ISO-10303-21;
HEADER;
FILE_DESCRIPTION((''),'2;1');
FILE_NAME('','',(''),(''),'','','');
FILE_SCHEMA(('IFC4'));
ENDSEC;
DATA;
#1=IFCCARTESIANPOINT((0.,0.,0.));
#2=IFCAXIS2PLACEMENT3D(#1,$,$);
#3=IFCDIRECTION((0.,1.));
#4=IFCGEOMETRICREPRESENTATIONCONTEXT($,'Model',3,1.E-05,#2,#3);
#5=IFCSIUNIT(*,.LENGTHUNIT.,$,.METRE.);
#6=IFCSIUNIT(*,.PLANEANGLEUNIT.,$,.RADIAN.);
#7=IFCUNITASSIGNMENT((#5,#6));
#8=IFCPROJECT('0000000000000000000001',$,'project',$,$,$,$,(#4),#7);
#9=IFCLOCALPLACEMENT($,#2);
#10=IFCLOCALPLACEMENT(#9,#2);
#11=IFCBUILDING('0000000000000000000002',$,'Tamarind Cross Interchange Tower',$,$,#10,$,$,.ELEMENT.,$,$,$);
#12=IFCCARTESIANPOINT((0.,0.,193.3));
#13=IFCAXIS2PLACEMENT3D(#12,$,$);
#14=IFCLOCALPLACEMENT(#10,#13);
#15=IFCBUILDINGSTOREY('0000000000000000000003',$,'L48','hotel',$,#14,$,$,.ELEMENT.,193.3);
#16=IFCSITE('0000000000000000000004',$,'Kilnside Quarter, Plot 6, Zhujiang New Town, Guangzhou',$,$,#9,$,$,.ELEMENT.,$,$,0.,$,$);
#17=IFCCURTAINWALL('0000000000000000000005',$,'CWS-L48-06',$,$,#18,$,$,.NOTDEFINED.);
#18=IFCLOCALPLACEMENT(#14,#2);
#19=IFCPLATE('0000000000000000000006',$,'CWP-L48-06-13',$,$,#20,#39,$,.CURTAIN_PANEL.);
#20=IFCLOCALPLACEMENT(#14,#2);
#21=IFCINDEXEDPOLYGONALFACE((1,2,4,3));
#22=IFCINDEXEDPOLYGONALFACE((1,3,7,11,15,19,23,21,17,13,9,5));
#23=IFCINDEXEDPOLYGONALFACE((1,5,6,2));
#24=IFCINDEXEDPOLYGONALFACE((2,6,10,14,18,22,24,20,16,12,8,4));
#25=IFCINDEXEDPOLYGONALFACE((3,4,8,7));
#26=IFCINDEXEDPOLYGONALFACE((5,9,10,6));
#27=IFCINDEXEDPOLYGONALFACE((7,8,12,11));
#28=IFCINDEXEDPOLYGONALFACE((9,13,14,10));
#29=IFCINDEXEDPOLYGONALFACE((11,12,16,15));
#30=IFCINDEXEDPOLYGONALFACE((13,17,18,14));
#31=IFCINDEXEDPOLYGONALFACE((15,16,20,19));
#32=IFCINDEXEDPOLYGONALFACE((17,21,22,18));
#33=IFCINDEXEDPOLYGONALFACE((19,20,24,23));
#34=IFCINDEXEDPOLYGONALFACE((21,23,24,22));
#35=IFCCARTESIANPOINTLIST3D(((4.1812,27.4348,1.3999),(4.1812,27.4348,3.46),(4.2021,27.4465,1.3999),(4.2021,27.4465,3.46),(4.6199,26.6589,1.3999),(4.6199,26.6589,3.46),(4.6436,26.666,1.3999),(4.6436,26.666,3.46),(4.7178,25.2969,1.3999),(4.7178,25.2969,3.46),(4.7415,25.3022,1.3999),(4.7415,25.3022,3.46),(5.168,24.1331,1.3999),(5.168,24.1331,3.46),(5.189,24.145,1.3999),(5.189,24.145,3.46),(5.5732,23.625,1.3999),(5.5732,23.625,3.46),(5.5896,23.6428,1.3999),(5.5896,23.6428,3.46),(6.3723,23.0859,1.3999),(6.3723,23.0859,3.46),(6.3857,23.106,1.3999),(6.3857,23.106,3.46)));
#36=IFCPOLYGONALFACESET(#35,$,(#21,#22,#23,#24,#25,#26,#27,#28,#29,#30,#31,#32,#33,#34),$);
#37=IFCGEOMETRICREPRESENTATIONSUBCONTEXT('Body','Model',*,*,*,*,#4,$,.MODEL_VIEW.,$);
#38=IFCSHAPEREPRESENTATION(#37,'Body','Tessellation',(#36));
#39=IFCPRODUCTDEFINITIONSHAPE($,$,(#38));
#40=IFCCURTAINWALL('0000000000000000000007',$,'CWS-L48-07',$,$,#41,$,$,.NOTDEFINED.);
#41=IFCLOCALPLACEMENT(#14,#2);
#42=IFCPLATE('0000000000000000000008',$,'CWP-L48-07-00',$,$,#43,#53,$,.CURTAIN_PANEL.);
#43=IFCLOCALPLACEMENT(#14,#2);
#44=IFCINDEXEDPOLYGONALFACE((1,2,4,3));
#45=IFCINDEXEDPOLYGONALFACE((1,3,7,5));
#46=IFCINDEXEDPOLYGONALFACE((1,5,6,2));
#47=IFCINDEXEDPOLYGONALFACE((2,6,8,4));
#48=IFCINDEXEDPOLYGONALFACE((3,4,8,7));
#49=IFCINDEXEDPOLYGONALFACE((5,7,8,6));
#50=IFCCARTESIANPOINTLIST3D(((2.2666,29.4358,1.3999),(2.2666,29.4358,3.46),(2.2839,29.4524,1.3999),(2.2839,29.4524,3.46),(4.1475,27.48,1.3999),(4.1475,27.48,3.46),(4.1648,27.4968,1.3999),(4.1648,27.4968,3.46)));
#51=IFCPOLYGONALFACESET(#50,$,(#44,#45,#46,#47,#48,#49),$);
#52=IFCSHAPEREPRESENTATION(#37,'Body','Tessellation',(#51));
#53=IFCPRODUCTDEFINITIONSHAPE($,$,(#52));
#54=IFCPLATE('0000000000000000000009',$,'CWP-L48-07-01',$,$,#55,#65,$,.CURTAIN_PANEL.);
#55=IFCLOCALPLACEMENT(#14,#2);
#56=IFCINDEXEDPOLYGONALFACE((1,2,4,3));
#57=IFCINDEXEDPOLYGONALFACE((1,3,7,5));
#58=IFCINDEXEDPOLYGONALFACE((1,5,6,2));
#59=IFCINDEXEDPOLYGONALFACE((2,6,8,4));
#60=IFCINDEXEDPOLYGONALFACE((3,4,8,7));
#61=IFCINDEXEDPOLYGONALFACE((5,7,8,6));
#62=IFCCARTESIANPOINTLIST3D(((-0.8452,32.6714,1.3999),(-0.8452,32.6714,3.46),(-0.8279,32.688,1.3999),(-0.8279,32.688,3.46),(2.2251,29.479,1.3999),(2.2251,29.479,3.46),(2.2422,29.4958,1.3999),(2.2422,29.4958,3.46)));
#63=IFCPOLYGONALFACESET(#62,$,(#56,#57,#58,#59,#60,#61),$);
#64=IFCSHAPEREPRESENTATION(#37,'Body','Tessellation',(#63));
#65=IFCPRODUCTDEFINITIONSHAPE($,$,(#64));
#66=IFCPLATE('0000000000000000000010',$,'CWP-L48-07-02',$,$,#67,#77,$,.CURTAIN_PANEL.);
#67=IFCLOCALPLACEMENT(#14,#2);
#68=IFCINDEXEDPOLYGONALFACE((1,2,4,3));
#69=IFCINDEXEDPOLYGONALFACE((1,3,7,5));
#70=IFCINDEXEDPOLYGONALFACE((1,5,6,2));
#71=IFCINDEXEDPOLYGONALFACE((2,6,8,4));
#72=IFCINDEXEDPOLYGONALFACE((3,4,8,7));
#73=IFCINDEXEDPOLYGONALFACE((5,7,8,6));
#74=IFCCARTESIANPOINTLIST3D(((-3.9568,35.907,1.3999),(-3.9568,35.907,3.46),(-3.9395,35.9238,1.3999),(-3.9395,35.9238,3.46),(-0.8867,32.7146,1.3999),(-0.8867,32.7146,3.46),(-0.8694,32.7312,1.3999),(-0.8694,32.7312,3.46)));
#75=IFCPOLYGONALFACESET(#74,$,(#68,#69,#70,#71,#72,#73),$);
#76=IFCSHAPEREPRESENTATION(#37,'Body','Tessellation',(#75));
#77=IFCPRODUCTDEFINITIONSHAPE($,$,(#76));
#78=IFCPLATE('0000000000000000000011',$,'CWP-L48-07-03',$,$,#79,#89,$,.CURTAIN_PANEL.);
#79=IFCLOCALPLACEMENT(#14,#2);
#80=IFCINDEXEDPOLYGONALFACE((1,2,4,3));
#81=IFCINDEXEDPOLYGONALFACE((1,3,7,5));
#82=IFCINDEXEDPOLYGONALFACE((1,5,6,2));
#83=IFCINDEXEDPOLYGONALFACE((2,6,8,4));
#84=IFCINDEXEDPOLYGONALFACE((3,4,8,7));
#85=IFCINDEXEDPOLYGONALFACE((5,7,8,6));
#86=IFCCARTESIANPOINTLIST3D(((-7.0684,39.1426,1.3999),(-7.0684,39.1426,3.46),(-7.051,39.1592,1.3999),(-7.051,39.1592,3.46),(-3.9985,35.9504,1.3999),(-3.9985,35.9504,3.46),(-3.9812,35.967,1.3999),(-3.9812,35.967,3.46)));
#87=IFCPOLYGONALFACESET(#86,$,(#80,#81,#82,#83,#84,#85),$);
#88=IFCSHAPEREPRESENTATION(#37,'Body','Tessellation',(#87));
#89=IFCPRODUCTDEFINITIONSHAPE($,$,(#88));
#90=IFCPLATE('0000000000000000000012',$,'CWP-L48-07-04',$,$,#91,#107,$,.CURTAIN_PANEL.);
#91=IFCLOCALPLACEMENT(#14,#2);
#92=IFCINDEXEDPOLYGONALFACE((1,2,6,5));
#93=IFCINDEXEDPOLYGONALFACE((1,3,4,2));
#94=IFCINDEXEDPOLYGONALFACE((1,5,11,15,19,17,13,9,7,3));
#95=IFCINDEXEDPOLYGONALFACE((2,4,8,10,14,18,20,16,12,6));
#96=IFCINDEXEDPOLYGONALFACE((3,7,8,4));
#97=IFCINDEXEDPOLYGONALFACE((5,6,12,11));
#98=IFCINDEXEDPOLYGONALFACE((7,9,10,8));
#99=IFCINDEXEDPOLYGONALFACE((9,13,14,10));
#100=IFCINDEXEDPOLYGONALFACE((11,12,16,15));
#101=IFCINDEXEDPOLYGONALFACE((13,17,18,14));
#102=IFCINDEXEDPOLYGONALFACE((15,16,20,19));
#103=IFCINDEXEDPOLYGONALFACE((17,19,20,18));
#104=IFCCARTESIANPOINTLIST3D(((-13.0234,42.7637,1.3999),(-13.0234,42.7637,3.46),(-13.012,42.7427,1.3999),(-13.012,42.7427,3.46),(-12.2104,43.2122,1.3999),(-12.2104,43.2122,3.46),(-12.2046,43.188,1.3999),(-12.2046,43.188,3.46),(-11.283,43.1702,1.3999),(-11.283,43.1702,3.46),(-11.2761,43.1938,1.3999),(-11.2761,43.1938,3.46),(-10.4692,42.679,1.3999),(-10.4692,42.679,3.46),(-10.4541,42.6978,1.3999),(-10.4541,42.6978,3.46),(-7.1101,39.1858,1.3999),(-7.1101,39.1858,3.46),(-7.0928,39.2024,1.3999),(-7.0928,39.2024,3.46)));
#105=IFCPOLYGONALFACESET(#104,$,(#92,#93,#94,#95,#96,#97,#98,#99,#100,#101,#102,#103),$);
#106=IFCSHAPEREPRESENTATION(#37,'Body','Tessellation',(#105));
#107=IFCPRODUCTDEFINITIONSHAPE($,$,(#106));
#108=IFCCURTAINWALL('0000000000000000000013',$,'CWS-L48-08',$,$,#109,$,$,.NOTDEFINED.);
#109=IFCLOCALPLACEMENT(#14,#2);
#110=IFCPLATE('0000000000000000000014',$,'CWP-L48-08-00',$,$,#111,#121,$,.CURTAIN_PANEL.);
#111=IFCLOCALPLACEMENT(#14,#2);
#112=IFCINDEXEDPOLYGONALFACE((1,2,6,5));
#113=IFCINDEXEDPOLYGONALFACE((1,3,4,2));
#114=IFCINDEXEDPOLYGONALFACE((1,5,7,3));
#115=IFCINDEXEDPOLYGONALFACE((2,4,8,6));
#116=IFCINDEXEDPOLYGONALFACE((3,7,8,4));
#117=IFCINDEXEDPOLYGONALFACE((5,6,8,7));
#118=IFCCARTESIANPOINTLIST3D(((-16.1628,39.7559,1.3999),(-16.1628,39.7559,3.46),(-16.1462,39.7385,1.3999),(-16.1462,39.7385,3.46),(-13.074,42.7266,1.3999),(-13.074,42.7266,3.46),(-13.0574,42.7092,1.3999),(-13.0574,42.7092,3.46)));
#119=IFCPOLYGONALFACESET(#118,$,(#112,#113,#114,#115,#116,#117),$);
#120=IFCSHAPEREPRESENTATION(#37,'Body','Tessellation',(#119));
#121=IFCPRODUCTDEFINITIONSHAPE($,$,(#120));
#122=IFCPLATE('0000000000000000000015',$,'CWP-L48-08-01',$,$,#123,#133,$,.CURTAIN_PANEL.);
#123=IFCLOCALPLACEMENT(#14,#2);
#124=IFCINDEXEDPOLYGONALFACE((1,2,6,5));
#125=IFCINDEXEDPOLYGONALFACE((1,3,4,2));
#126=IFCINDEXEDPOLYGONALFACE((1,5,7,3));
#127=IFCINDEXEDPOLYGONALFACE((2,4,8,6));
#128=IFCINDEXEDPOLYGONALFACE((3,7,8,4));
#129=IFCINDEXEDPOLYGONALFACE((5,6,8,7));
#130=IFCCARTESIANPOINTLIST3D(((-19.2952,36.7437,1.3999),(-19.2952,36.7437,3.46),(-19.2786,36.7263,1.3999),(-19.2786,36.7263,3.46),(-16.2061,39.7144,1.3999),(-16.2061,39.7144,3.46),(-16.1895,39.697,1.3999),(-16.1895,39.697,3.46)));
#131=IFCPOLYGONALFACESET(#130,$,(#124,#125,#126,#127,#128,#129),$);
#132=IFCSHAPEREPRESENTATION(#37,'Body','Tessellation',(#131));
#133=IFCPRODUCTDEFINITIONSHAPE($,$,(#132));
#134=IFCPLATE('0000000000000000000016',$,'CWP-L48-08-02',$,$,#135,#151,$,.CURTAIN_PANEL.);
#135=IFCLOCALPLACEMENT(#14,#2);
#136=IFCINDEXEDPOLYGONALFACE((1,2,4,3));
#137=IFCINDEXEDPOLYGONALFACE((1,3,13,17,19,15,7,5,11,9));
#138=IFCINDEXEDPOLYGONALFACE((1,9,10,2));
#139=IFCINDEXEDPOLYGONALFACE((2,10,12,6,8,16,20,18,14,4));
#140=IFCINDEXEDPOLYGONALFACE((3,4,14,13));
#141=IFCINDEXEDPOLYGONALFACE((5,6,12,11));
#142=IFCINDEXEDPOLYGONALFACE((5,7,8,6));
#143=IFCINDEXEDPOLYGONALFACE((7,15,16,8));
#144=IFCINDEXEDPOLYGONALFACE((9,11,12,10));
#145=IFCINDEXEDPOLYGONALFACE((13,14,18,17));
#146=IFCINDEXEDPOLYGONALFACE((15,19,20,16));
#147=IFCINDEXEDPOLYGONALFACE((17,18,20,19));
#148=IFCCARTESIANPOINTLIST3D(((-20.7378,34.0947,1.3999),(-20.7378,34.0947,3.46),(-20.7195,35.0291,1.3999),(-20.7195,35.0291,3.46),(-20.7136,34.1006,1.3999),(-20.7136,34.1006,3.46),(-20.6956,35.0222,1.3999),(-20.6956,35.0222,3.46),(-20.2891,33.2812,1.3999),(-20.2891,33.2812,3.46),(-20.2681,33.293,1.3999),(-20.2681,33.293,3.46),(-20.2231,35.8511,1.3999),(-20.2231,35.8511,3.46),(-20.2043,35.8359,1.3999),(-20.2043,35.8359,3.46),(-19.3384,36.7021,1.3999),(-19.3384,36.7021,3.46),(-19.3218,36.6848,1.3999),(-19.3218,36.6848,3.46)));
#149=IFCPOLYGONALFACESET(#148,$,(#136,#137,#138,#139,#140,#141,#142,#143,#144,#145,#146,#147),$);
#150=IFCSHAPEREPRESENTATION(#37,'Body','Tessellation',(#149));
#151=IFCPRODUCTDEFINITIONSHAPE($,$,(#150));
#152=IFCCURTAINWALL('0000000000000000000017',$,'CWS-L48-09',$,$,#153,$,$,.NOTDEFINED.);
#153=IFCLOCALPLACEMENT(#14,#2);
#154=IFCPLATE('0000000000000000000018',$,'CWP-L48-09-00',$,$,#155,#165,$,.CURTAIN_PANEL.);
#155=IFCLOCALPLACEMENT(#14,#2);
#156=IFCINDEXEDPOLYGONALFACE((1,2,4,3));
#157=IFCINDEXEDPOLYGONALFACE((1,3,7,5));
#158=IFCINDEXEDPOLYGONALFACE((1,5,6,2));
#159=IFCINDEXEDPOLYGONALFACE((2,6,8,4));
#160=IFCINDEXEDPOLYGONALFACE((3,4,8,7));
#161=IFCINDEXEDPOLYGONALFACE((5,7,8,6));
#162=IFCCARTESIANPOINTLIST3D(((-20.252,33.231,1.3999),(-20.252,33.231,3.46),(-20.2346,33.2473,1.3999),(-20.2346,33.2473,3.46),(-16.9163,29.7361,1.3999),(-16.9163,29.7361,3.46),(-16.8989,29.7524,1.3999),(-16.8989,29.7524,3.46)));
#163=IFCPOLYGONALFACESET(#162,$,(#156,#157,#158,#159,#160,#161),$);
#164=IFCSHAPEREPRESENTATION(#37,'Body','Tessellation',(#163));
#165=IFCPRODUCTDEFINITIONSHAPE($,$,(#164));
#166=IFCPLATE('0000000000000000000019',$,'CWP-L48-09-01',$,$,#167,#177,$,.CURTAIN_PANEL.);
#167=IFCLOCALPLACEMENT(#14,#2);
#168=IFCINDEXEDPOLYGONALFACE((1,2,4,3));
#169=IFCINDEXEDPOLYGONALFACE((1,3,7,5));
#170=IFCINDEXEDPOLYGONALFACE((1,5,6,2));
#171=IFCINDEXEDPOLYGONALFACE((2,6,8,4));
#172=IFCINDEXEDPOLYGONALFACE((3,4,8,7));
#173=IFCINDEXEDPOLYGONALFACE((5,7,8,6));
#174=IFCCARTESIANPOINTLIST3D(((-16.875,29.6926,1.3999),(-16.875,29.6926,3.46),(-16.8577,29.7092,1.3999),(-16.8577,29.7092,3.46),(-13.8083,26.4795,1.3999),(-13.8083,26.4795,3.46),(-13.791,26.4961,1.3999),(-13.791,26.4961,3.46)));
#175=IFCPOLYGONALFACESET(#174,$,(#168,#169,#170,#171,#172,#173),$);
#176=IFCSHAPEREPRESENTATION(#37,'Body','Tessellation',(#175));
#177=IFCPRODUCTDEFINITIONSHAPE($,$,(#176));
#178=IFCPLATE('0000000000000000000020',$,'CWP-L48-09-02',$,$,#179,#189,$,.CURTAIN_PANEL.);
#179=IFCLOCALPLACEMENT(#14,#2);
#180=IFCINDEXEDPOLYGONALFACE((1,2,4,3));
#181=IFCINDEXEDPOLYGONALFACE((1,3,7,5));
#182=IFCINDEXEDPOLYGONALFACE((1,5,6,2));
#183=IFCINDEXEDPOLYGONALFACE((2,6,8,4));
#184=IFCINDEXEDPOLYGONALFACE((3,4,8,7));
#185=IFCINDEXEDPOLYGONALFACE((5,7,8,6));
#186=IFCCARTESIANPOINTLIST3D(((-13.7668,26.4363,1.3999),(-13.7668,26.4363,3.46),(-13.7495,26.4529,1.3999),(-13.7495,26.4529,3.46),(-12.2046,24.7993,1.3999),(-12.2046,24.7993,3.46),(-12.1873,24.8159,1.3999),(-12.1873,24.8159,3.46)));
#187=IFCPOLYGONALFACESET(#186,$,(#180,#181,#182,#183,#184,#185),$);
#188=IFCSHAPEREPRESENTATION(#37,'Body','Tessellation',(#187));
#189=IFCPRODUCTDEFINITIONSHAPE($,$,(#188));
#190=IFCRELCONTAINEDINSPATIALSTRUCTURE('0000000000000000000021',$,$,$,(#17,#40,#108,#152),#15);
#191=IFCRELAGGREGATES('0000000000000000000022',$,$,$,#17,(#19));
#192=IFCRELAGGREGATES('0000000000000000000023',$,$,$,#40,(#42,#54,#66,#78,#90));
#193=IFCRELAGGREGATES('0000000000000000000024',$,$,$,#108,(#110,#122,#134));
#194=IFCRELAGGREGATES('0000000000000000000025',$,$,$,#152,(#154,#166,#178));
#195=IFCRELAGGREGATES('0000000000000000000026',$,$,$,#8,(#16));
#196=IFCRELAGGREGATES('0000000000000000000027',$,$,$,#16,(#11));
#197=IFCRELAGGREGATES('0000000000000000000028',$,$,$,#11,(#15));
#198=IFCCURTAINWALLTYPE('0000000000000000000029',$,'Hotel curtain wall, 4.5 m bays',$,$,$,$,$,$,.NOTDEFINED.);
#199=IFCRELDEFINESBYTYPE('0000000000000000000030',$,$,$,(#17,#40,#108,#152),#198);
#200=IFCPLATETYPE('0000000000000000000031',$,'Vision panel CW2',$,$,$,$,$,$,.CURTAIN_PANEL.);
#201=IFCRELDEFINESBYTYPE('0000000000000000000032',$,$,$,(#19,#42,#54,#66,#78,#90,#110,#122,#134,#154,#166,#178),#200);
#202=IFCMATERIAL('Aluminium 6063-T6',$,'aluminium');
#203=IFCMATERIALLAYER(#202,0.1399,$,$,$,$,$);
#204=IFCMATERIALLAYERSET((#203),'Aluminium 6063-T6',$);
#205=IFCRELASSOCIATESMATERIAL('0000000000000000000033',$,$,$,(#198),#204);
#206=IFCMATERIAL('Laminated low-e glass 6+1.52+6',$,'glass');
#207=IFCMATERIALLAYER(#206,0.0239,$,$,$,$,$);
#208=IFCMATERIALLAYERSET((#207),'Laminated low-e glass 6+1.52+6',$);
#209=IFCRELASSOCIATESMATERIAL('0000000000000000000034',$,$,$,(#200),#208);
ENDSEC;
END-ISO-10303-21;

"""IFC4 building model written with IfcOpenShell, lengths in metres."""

from ifc_helpers import new_model, si_unit, direction, frame, origin, place, context, subcontext, project, spatial, polyline, outline, extrude, material, layer, layer_set, type_object, element, aggregate, save


model = new_model("IFC4")

# Units and contexts
model_context = context("Model", 3, precision=1e-05, world=origin(), true_north=direction((0.0, 1.0)))
body_context = subcontext(model_context, "Body", "Model", "MODEL_VIEW")
ifc_project = project(units=[si_unit("LENGTHUNIT", "METRE"), si_unit("PLANEANGLEUNIT", "RADIAN")], contexts=[model_context])

# Site, building, storey
site_placement = place(None, origin())
site = spatial("IfcSite", under=ifc_project, at=site_placement, Name="Kilnside Quarter, Plot 6, Zhujiang New Town, Guangzhou", CompositionType="ELEMENT", RefElevation=0.0)
building_placement = place(site_placement, origin())
building = spatial("IfcBuilding", under=site, at=building_placement, Name="Tamarind Cross Interchange Tower", CompositionType="ELEMENT")
storey_placement = place(building_placement, frame((0.0, 0.0, 193.3)))
storey = spatial("IfcBuildingStorey", under=building, at=storey_placement, Name="L48", Description="hotel", CompositionType="ELEMENT", Elevation=193.3)

# Curtain walls, plates
ifc_material_1 = material(Name="Aluminium 6063-T6", Category="aluminium")
ifc_layer_1 = layer(ifc_material_1, 0.1399)
ifc_layer_set_1 = layer_set([ifc_layer_1], Name="Aluminium 6063-T6")
curtain_wall_type = type_object("IfcCurtainWallType", Name="Hotel curtain wall, 4.5 m bays", PredefinedType="NOTDEFINED", material=ifc_layer_set_1)
curtain_wall_1_placement = place(storey_placement, origin())
curtain_wall_1 = element("IfcCurtainWall", 1, at=curtain_wall_1_placement, inside=storey, type_object=curtain_wall_type, Name="CWS-L48-06", PredefinedType="NOTDEFINED")
ifc_material_2 = material(Name="Laminated low-e glass 6+1.52+6", Category="glass")
ifc_layer_2 = layer(ifc_material_2, 0.0239)
ifc_layer_set_2 = layer_set([ifc_layer_2], Name="Laminated low-e glass 6+1.52+6")
plate_type = type_object("IfcPlateType", Name="Vision panel CW2", PredefinedType="CURTAIN_PANEL", material=ifc_layer_set_2)
plate_1_placement = place(storey_placement, frame((0.0, 0.0, 1.3999)))
plate_1 = element("IfcPlate", 2, at=plate_1_placement, type_object=plate_type, Name="CWP-L48-06-13", PredefinedType="CURTAIN_PANEL", context=body_context, shape_type="SweptSolid", body=[
    extrude(outline(polyline([(6.3723, 23.0859), (5.5732, 23.625), (5.168, 24.1331), (4.7178, 25.2969), (4.6199, 26.6589), (4.1812, 27.4348), (4.2021, 27.4465), (4.6436, 26.666), (4.7415, 25.3022), (5.189, 24.145), (5.5896, 23.6428), (6.3857, 23.106), (6.3723, 23.0859)])), origin(), (0.0, 0.0, 1.0), 2.0601),
])
aggregate(curtain_wall_1, [plate_1])
curtain_wall_2_placement = place(storey_placement, origin())
curtain_wall_2 = element("IfcCurtainWall", 3, at=curtain_wall_2_placement, inside=storey, type_object=curtain_wall_type, Name="CWS-L48-07", PredefinedType="NOTDEFINED")
plate_2_placement = place(storey_placement, frame((0.0, 0.0, 1.3999)))
plate_2 = element("IfcPlate", 4, at=plate_2_placement, type_object=plate_type, Name="CWP-L48-07-00", PredefinedType="CURTAIN_PANEL", context=body_context, shape_type="SweptSolid", body=[
    extrude(outline(polyline([(4.1475, 27.48), (2.2666, 29.4358), (2.2839, 29.4524), (4.1648, 27.4968), (4.1475, 27.48)])), origin(), (0.0, 0.0, 1.0), 2.0601),
])
plate_3_placement = place(storey_placement, frame((0.0, 0.0, 1.3999)))
plate_3 = element("IfcPlate", 5, at=plate_3_placement, type_object=plate_type, Name="CWP-L48-07-01", PredefinedType="CURTAIN_PANEL", context=body_context, shape_type="SweptSolid", body=[
    extrude(outline(polyline([(2.2251, 29.479), (-0.8452, 32.6714), (-0.8279, 32.688), (2.2422, 29.4958), (2.2251, 29.479)])), origin(), (0.0, 0.0, 1.0), 2.0601),
])
plate_4_placement = place(storey_placement, frame((0.0, 0.0, 1.3999)))
plate_4 = element("IfcPlate", 6, at=plate_4_placement, type_object=plate_type, Name="CWP-L48-07-02", PredefinedType="CURTAIN_PANEL", context=body_context, shape_type="SweptSolid", body=[
    extrude(outline(polyline([(-0.8867, 32.7146), (-3.9568, 35.907), (-3.9395, 35.9238), (-0.8694, 32.7312), (-0.8867, 32.7146)])), origin(), (0.0, 0.0, 1.0), 2.0601),
])
plate_5_placement = place(storey_placement, frame((0.0, 0.0, 1.3999)))
plate_5 = element("IfcPlate", 7, at=plate_5_placement, type_object=plate_type, Name="CWP-L48-07-03", PredefinedType="CURTAIN_PANEL", context=body_context, shape_type="SweptSolid", body=[
    extrude(outline(polyline([(-3.9985, 35.9504), (-7.0684, 39.1426), (-7.051, 39.1592), (-3.9812, 35.967), (-3.9985, 35.9504)])), origin(), (0.0, 0.0, 1.0), 2.0601),
])
plate_6_placement = place(storey_placement, frame((0.0, 0.0, 1.3999)))
plate_6 = element("IfcPlate", 8, at=plate_6_placement, type_object=plate_type, Name="CWP-L48-07-04", PredefinedType="CURTAIN_PANEL", context=body_context, shape_type="SweptSolid", body=[
    extrude(outline(polyline([(-7.1101, 39.1858), (-10.4692, 42.679), (-11.283, 43.1702), (-12.2046, 43.188), (-13.012, 42.7427), (-13.0234, 42.7637), (-12.2104, 43.2122), (-11.2761, 43.1938), (-10.4541, 42.6978), (-7.0928, 39.2024), (-7.1101, 39.1858)])), origin(), (0.0, 0.0, 1.0), 2.0601),
])
aggregate(curtain_wall_2, [plate_2, plate_3, plate_4, plate_5, plate_6])
curtain_wall_3_placement = place(storey_placement, origin())
curtain_wall_3 = element("IfcCurtainWall", 9, at=curtain_wall_3_placement, inside=storey, type_object=curtain_wall_type, Name="CWS-L48-08", PredefinedType="NOTDEFINED")
plate_7_placement = place(storey_placement, frame((0.0, 0.0, 1.3999)))
plate_7 = element("IfcPlate", 10, at=plate_7_placement, type_object=plate_type, Name="CWP-L48-08-00", PredefinedType="CURTAIN_PANEL", context=body_context, shape_type="SweptSolid", body=[
    extrude(outline(polyline([(-13.0574, 42.7092), (-16.1462, 39.7385), (-16.1628, 39.7559), (-13.074, 42.7266), (-13.0574, 42.7092)])), origin(), (0.0, 0.0, 1.0), 2.0601),
])
plate_8_placement = place(storey_placement, frame((0.0, 0.0, 1.3999)))
plate_8 = element("IfcPlate", 11, at=plate_8_placement, type_object=plate_type, Name="CWP-L48-08-01", PredefinedType="CURTAIN_PANEL", context=body_context, shape_type="SweptSolid", body=[
    extrude(outline(polyline([(-16.1895, 39.697), (-19.2786, 36.7263), (-19.2952, 36.7437), (-16.2061, 39.7144), (-16.1895, 39.697)])), origin(), (0.0, 0.0, 1.0), 2.0601),
])
plate_9_placement = place(storey_placement, frame((0.0, 0.0, 1.3999)))
plate_9 = element("IfcPlate", 12, at=plate_9_placement, type_object=plate_type, Name="CWP-L48-08-02", PredefinedType="CURTAIN_PANEL", context=body_context, shape_type="SweptSolid", body=[
    extrude(outline(polyline([(-19.3218, 36.6848), (-20.2043, 35.8359), (-20.6956, 35.0222), (-20.7136, 34.1006), (-20.2681, 33.293), (-20.2891, 33.2812), (-20.7378, 34.0947), (-20.7195, 35.0291), (-20.2231, 35.8511), (-19.3384, 36.7021), (-19.3218, 36.6848)])), origin(), (0.0, 0.0, 1.0), 2.0601),
])
aggregate(curtain_wall_3, [plate_7, plate_8, plate_9])
curtain_wall_4_placement = place(storey_placement, origin())
curtain_wall_4 = element("IfcCurtainWall", 13, at=curtain_wall_4_placement, inside=storey, type_object=curtain_wall_type, Name="CWS-L48-09", PredefinedType="NOTDEFINED")
plate_10_placement = place(storey_placement, frame((0.0, 0.0, 1.3999)))
plate_10 = element("IfcPlate", 14, at=plate_10_placement, type_object=plate_type, Name="CWP-L48-09-00", PredefinedType="CURTAIN_PANEL", context=body_context, shape_type="SweptSolid", body=[
    extrude(outline(polyline([(-20.2346, 33.2473), (-16.8989, 29.7524), (-16.9163, 29.7361), (-20.252, 33.231), (-20.2346, 33.2473)])), origin(), (0.0, 0.0, 1.0), 2.0601),
])
plate_11_placement = place(storey_placement, frame((0.0, 0.0, 1.3999)))
plate_11 = element("IfcPlate", 15, at=plate_11_placement, type_object=plate_type, Name="CWP-L48-09-01", PredefinedType="CURTAIN_PANEL", context=body_context, shape_type="SweptSolid", body=[
    extrude(outline(polyline([(-16.8577, 29.7092), (-13.791, 26.4961), (-13.8083, 26.4795), (-16.875, 29.6926), (-16.8577, 29.7092)])), origin(), (0.0, 0.0, 1.0), 2.0601),
])
plate_12_placement = place(storey_placement, frame((0.0, 0.0, 1.3999)))
plate_12 = element("IfcPlate", 16, at=plate_12_placement, type_object=plate_type, Name="CWP-L48-09-02", PredefinedType="CURTAIN_PANEL", context=body_context, shape_type="SweptSolid", body=[
    extrude(outline(polyline([(-13.7495, 26.4529), (-12.1873, 24.8159), (-12.2046, 24.7993), (-13.7668, 26.4363), (-13.7495, 26.4529)])), origin(), (0.0, 0.0, 1.0), 2.0601),
])
aggregate(curtain_wall_4, [plate_10, plate_11, plate_12])

save(model, "model.ifc")
